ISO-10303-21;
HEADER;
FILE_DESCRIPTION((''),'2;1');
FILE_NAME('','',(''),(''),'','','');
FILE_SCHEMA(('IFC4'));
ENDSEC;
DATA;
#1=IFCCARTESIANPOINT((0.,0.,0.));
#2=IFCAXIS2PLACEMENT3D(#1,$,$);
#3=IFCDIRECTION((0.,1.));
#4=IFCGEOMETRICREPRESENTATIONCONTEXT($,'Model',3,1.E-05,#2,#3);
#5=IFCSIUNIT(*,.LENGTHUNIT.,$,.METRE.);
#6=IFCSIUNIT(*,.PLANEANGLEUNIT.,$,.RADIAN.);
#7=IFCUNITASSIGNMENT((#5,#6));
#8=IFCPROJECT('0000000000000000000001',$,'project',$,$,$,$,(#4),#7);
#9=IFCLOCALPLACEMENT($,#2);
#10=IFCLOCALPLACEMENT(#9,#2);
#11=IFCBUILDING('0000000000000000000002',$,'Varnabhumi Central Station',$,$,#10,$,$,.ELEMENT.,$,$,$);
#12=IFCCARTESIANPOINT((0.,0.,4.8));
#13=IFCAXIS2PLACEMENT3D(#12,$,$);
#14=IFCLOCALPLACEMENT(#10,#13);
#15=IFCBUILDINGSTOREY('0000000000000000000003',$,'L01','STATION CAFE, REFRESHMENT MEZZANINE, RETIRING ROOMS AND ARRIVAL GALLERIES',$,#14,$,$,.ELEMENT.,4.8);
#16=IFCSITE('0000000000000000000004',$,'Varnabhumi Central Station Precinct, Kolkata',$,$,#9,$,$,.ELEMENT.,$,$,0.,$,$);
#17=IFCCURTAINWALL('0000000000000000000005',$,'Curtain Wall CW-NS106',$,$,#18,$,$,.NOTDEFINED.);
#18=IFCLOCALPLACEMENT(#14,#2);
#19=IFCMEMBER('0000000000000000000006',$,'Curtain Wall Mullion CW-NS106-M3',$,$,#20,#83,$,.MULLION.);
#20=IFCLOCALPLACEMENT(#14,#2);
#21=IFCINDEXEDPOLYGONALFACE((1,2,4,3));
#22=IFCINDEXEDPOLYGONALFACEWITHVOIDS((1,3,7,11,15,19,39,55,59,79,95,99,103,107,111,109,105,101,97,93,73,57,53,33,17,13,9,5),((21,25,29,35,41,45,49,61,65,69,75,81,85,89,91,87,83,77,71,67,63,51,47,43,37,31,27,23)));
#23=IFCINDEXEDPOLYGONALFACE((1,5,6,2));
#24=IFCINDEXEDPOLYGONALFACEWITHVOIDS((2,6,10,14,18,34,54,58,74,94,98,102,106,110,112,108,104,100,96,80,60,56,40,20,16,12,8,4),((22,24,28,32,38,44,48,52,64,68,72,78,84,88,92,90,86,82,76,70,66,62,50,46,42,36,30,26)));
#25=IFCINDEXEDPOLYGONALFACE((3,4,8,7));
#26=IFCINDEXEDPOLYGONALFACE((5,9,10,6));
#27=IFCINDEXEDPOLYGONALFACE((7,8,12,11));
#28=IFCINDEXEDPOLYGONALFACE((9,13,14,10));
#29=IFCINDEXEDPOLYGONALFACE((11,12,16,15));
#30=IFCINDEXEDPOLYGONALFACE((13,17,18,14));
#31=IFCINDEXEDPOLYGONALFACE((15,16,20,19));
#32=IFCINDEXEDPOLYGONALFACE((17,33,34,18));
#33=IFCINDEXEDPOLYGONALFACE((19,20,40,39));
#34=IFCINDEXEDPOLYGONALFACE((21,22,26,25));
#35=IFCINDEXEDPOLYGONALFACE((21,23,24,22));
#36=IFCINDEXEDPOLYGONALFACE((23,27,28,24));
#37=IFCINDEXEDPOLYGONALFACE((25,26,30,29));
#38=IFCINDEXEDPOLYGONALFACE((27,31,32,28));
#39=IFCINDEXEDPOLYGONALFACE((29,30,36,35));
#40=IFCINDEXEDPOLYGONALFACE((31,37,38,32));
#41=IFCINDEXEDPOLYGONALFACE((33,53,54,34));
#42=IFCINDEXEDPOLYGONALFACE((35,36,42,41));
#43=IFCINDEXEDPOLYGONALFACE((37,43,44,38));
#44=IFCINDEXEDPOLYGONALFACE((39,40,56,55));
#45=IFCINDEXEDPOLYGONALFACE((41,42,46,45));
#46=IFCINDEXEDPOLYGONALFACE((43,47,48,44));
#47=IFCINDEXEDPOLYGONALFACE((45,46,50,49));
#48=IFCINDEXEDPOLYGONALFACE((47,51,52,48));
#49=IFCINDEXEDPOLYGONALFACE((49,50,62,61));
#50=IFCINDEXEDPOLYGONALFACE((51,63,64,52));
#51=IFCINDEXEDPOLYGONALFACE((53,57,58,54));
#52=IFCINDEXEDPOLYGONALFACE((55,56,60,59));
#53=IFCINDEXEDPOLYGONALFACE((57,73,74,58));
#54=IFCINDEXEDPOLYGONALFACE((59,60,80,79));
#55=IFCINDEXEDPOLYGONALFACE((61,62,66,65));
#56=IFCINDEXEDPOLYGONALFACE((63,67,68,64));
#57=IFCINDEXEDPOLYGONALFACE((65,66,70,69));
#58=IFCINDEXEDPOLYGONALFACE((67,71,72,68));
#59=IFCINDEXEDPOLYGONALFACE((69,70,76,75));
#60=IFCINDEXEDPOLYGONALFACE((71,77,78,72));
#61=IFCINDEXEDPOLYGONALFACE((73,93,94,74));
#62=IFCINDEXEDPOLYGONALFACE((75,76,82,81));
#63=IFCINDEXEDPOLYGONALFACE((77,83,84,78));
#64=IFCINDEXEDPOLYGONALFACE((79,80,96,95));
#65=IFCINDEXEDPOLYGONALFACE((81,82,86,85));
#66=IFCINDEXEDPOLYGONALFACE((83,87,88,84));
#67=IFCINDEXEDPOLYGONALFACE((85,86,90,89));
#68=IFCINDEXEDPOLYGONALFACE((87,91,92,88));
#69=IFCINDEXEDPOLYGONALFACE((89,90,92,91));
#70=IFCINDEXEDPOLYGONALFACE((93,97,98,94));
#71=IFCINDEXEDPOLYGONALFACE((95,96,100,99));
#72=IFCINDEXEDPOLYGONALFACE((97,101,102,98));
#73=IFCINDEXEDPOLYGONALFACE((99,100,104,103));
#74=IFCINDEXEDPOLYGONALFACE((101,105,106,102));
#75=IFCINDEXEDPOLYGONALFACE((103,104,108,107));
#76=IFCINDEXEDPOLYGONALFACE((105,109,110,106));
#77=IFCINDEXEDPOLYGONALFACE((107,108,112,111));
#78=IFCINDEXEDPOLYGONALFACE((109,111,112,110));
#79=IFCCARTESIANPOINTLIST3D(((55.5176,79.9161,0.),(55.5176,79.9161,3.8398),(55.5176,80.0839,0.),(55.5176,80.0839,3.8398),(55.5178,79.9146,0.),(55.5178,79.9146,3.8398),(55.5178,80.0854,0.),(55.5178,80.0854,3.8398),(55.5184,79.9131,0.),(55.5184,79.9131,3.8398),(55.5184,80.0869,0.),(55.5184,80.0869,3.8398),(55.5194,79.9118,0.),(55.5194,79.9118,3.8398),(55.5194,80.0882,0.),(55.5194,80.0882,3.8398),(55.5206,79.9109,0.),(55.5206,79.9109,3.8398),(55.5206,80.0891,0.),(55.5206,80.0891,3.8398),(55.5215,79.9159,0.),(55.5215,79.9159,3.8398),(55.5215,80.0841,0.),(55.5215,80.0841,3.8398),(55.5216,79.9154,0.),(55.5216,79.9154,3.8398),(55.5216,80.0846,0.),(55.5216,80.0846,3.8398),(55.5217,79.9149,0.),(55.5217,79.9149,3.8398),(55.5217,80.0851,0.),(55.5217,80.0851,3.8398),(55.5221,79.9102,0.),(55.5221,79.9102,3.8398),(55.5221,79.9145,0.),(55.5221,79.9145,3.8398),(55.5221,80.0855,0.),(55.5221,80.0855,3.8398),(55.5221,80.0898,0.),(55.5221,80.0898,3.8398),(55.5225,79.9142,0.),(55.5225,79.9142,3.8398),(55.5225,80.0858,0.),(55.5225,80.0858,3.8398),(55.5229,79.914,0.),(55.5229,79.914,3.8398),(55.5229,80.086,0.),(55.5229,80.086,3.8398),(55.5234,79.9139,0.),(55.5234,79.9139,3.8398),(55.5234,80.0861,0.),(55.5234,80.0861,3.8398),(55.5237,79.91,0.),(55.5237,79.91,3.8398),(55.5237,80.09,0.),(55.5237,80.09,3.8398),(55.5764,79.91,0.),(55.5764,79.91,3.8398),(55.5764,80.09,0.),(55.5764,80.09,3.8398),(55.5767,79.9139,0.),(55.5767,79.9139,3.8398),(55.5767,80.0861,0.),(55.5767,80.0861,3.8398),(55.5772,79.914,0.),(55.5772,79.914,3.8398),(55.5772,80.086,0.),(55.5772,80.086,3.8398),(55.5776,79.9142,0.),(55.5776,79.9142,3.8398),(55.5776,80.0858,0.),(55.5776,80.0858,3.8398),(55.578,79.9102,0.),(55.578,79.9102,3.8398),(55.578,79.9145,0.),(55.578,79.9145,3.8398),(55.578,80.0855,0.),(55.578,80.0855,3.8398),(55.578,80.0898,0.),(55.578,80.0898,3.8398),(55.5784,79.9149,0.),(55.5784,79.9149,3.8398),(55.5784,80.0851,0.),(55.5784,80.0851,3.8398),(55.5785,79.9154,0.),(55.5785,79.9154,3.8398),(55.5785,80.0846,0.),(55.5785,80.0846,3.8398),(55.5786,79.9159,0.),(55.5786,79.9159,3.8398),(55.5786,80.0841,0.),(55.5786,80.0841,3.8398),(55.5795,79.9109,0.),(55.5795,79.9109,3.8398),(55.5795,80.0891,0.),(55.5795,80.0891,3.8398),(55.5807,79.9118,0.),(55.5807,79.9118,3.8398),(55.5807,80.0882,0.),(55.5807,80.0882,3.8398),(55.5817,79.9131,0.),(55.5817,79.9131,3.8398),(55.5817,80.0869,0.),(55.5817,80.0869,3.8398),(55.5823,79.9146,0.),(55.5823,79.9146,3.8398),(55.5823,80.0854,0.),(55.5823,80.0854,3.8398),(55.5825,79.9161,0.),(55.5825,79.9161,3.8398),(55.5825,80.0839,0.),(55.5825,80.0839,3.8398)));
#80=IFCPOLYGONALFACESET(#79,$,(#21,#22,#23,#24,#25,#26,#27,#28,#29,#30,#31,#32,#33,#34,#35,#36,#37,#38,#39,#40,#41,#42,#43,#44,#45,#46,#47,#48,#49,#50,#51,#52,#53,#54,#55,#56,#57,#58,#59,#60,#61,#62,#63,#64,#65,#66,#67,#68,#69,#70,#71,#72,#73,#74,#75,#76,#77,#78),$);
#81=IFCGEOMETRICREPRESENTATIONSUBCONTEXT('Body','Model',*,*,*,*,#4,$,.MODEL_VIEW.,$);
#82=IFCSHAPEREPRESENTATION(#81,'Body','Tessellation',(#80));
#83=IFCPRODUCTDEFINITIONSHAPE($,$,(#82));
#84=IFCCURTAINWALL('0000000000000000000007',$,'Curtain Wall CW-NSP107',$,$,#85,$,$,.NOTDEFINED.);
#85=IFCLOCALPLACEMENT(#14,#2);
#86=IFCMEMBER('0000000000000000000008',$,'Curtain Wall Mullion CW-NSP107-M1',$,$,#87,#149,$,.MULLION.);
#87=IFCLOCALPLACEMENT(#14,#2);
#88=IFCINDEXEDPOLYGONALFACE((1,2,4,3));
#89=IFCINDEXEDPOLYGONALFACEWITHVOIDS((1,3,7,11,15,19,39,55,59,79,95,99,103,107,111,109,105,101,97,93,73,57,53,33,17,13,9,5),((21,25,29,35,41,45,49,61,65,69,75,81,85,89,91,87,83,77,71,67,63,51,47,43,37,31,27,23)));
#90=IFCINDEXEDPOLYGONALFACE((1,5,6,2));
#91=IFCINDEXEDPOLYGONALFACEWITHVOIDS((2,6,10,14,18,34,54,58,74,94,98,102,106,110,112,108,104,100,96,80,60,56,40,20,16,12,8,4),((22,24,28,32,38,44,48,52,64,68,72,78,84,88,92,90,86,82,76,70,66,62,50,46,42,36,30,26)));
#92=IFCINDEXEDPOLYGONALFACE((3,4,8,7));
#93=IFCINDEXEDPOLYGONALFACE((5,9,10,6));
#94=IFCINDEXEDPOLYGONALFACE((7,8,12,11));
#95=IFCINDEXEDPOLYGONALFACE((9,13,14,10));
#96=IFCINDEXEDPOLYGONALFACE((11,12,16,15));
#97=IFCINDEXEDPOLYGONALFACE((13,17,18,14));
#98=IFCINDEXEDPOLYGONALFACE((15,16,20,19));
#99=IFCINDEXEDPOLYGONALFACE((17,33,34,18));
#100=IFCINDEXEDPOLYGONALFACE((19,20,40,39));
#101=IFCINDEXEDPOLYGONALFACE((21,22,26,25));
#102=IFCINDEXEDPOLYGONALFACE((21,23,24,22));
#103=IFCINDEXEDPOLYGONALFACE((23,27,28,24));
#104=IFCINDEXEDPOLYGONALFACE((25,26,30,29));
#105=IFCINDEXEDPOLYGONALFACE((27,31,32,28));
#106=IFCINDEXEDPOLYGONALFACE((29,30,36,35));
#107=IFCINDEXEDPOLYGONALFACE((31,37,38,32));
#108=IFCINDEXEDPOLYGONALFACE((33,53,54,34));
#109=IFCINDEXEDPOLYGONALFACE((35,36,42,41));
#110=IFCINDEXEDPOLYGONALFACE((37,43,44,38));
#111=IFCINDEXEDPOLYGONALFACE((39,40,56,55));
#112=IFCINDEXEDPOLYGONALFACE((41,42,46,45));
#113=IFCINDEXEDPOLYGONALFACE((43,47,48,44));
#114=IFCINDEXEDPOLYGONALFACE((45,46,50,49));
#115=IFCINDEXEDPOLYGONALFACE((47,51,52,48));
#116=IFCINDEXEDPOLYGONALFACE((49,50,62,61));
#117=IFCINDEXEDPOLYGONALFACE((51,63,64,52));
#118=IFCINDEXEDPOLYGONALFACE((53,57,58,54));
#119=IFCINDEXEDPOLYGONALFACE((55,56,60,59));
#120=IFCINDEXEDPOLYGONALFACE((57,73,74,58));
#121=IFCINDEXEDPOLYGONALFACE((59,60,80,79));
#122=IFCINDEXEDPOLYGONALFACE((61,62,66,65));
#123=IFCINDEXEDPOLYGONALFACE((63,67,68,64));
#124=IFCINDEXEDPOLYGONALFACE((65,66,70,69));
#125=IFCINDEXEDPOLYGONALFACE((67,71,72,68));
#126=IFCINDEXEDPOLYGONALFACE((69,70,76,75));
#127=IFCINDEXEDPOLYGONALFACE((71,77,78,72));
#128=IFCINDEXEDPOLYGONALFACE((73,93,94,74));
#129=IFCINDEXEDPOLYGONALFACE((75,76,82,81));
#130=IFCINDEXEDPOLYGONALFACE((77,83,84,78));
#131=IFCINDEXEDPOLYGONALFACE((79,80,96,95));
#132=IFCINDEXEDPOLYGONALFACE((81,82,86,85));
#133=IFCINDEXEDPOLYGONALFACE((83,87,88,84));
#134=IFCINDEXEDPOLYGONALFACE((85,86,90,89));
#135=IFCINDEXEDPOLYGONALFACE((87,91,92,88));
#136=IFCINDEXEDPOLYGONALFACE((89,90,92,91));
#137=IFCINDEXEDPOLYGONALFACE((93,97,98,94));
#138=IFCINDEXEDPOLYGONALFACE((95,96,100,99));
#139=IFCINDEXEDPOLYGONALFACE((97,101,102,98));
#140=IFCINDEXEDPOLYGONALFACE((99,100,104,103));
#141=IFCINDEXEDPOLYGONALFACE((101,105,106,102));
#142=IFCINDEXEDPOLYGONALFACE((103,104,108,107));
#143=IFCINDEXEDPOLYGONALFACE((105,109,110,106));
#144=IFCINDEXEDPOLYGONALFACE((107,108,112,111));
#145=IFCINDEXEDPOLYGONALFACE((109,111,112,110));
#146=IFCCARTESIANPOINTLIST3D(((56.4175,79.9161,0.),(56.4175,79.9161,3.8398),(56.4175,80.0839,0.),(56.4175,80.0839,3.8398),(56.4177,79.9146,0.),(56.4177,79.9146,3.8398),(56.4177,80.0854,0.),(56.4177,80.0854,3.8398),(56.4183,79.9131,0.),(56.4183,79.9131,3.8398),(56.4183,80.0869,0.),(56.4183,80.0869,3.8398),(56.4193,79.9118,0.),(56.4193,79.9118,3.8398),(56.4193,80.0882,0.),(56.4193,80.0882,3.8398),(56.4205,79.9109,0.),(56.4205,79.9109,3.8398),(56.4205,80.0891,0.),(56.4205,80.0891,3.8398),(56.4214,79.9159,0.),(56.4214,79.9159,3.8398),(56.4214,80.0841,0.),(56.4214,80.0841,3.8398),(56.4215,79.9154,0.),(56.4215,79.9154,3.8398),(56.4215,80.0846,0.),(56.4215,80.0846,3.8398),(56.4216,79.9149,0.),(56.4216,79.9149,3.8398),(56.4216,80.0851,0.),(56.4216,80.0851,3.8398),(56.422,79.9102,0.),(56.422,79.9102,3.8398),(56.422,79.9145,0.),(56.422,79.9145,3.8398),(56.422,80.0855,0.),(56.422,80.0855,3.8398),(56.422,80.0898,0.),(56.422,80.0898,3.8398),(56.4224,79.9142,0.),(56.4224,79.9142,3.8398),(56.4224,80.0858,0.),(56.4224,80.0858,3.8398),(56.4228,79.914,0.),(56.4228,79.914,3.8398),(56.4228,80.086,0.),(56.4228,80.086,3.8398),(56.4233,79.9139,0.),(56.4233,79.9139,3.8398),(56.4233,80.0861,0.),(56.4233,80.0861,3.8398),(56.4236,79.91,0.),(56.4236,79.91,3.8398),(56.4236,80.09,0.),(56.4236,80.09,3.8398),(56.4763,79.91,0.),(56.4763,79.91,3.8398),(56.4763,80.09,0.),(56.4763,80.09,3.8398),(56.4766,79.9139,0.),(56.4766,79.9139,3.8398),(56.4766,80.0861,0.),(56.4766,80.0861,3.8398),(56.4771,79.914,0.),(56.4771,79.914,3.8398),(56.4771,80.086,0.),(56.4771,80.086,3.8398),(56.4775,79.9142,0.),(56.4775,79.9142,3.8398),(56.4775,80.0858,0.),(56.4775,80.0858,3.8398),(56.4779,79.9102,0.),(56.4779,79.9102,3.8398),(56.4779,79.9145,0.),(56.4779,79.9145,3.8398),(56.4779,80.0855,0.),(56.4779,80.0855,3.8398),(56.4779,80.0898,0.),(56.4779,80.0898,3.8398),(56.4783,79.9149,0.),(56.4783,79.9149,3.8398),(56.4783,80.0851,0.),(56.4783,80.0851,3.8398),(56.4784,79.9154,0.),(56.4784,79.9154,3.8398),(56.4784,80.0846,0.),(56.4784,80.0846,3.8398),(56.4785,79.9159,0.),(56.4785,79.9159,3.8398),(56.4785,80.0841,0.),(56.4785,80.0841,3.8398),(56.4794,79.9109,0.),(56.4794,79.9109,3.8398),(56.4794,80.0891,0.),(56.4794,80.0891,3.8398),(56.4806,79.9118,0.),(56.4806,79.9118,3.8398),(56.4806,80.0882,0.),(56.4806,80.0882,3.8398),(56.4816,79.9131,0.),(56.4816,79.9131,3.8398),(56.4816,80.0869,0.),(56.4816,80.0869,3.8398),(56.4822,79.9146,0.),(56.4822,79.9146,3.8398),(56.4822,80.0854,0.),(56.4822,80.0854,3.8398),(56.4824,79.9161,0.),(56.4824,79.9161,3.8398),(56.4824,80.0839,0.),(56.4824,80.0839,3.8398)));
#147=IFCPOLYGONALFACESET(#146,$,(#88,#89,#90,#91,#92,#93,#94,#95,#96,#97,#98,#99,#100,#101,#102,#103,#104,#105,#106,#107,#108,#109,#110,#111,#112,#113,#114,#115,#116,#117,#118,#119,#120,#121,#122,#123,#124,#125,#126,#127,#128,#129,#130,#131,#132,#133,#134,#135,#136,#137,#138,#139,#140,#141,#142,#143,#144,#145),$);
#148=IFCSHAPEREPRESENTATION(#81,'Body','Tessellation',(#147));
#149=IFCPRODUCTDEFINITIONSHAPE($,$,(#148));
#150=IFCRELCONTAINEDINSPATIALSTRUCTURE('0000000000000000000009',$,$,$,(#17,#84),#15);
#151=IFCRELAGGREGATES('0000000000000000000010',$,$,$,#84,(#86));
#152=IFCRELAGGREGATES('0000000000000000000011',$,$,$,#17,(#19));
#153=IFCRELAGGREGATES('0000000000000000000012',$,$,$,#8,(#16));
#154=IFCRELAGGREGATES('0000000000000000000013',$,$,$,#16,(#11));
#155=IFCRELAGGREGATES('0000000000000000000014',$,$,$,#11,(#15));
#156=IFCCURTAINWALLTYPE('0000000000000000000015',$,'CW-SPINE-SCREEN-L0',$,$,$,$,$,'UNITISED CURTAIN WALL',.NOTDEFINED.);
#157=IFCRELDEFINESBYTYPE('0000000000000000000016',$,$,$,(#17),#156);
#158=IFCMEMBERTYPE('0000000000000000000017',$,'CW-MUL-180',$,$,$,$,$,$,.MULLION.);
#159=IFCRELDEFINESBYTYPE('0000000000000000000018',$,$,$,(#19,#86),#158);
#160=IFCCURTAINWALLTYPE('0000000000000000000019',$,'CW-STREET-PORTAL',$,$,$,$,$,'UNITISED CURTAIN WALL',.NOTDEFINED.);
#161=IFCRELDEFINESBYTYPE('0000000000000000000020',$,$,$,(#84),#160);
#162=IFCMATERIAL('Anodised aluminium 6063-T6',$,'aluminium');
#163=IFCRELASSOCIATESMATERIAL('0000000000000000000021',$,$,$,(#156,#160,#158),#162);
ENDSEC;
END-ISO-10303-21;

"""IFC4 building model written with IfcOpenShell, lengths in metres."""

from ifc_helpers import new_model, si_unit, direction, frame, origin, origin_2d, place, context, subcontext, project, spatial, hollow_rectangle, extrude, material, material_profile, profile_set, type_object, element, aggregate, save


model = new_model("IFC4")

# Units and contexts
model_context = context("Model", 3, precision=1e-05, world=origin(), true_north=direction((0.0, 1.0)))
body_context = subcontext(model_context, "Body", "Model", "MODEL_VIEW")
ifc_project = project(units=[si_unit("LENGTHUNIT", "METRE"), si_unit("PLANEANGLEUNIT", "RADIAN")], contexts=[model_context])

# Site, building, storey
site_placement = place(None, origin())
site = spatial("IfcSite", under=ifc_project, at=site_placement, Name="Varnabhumi Central Station Precinct, Kolkata", CompositionType="ELEMENT", RefElevation=0.0)
building_placement = place(site_placement, origin())
building = spatial("IfcBuilding", under=site, at=building_placement, Name="Varnabhumi Central Station", CompositionType="ELEMENT")
storey_placement = place(building_placement, frame((0.0, 0.0, 4.8)))
storey = spatial("IfcBuildingStorey", under=building, at=storey_placement, Name="L01", Description="STATION CAFE, REFRESHMENT MEZZANINE, RETIRING ROOMS AND ARRIVAL GALLERIES", CompositionType="ELEMENT", Elevation=4.8)

# Curtain walls, members
ifc_material_1 = material(Name="Anodised aluminium 6063-T6", Category="aluminium")
curtain_wall_type_1 = type_object("IfcCurtainWallType", Name="CW-SPINE-SCREEN-L0", ElementType="UNITISED CURTAIN WALL", PredefinedType="NOTDEFINED", material=ifc_material_1)
curtain_wall_1_placement = place(storey_placement, origin())
curtain_wall_1 = element("IfcCurtainWall", 1, at=curtain_wall_1_placement, inside=storey, type_object=curtain_wall_type_1, Name="Curtain Wall CW-NS106", PredefinedType="NOTDEFINED")
ifc_material_profile_1 = material_profile(ifc_material_1, hollow_rectangle(XDim=0.0649, YDim=0.1799, WallThickness=0.0039, InnerFilletRadius=0.002, OuterFilletRadius=0.0061, at=origin_2d()), Name="Anodised aluminium 6063-T6", Category="aluminium")
ifc_profile_set_1 = profile_set([ifc_material_profile_1], Name="Anodised aluminium 6063-T6")
member_type_1 = type_object("IfcMemberType", Name="CW-MUL-180", PredefinedType="MULLION", material=ifc_profile_set_1)
member_1_placement = place(storey_placement, frame((55.55, 80.0, 0.0), z_axis=(0.0, 0.0, 1.0), x_axis=(1.0, 0.0, 0.0)))
member_1 = element("IfcMember", 2, at=member_1_placement, type_object=member_type_1, Name="Curtain Wall Mullion CW-NS106-M3", PredefinedType="MULLION", context=body_context, shape_type="SweptSolid", body=[
    extrude(hollow_rectangle(XDim=0.0649, YDim=0.1799, WallThickness=0.0039, InnerFilletRadius=0.002, OuterFilletRadius=0.0061, at=origin_2d()), origin(), (0.0, 0.0, 1.0), 3.8398),
])
curtain_wall_type_2 = type_object("IfcCurtainWallType", Name="CW-STREET-PORTAL", ElementType="UNITISED CURTAIN WALL", PredefinedType="NOTDEFINED", material=ifc_material_1)
curtain_wall_2_placement = place(storey_placement, origin())
curtain_wall_2 = element("IfcCurtainWall", 3, at=curtain_wall_2_placement, inside=storey, type_object=curtain_wall_type_2, Name="Curtain Wall CW-NSP107", PredefinedType="NOTDEFINED")
member_2_placement = place(storey_placement, frame((56.45, 80.0, 0.0), z_axis=(0.0, 0.0, 1.0), x_axis=(1.0, 0.0, 0.0)))
member_2 = element("IfcMember", 4, at=member_2_placement, type_object=member_type_1, Name="Curtain Wall Mullion CW-NSP107-M1", PredefinedType="MULLION", context=body_context, shape_type="SweptSolid", body=[
    extrude(hollow_rectangle(XDim=0.0649, YDim=0.1799, WallThickness=0.0039, InnerFilletRadius=0.002, OuterFilletRadius=0.0061, at=origin_2d()), origin(), (0.0, 0.0, 1.0), 3.8398),
])

aggregate(curtain_wall_2, [member_2])
aggregate(curtain_wall_1, [member_1])

save(model, "model.ifc")
